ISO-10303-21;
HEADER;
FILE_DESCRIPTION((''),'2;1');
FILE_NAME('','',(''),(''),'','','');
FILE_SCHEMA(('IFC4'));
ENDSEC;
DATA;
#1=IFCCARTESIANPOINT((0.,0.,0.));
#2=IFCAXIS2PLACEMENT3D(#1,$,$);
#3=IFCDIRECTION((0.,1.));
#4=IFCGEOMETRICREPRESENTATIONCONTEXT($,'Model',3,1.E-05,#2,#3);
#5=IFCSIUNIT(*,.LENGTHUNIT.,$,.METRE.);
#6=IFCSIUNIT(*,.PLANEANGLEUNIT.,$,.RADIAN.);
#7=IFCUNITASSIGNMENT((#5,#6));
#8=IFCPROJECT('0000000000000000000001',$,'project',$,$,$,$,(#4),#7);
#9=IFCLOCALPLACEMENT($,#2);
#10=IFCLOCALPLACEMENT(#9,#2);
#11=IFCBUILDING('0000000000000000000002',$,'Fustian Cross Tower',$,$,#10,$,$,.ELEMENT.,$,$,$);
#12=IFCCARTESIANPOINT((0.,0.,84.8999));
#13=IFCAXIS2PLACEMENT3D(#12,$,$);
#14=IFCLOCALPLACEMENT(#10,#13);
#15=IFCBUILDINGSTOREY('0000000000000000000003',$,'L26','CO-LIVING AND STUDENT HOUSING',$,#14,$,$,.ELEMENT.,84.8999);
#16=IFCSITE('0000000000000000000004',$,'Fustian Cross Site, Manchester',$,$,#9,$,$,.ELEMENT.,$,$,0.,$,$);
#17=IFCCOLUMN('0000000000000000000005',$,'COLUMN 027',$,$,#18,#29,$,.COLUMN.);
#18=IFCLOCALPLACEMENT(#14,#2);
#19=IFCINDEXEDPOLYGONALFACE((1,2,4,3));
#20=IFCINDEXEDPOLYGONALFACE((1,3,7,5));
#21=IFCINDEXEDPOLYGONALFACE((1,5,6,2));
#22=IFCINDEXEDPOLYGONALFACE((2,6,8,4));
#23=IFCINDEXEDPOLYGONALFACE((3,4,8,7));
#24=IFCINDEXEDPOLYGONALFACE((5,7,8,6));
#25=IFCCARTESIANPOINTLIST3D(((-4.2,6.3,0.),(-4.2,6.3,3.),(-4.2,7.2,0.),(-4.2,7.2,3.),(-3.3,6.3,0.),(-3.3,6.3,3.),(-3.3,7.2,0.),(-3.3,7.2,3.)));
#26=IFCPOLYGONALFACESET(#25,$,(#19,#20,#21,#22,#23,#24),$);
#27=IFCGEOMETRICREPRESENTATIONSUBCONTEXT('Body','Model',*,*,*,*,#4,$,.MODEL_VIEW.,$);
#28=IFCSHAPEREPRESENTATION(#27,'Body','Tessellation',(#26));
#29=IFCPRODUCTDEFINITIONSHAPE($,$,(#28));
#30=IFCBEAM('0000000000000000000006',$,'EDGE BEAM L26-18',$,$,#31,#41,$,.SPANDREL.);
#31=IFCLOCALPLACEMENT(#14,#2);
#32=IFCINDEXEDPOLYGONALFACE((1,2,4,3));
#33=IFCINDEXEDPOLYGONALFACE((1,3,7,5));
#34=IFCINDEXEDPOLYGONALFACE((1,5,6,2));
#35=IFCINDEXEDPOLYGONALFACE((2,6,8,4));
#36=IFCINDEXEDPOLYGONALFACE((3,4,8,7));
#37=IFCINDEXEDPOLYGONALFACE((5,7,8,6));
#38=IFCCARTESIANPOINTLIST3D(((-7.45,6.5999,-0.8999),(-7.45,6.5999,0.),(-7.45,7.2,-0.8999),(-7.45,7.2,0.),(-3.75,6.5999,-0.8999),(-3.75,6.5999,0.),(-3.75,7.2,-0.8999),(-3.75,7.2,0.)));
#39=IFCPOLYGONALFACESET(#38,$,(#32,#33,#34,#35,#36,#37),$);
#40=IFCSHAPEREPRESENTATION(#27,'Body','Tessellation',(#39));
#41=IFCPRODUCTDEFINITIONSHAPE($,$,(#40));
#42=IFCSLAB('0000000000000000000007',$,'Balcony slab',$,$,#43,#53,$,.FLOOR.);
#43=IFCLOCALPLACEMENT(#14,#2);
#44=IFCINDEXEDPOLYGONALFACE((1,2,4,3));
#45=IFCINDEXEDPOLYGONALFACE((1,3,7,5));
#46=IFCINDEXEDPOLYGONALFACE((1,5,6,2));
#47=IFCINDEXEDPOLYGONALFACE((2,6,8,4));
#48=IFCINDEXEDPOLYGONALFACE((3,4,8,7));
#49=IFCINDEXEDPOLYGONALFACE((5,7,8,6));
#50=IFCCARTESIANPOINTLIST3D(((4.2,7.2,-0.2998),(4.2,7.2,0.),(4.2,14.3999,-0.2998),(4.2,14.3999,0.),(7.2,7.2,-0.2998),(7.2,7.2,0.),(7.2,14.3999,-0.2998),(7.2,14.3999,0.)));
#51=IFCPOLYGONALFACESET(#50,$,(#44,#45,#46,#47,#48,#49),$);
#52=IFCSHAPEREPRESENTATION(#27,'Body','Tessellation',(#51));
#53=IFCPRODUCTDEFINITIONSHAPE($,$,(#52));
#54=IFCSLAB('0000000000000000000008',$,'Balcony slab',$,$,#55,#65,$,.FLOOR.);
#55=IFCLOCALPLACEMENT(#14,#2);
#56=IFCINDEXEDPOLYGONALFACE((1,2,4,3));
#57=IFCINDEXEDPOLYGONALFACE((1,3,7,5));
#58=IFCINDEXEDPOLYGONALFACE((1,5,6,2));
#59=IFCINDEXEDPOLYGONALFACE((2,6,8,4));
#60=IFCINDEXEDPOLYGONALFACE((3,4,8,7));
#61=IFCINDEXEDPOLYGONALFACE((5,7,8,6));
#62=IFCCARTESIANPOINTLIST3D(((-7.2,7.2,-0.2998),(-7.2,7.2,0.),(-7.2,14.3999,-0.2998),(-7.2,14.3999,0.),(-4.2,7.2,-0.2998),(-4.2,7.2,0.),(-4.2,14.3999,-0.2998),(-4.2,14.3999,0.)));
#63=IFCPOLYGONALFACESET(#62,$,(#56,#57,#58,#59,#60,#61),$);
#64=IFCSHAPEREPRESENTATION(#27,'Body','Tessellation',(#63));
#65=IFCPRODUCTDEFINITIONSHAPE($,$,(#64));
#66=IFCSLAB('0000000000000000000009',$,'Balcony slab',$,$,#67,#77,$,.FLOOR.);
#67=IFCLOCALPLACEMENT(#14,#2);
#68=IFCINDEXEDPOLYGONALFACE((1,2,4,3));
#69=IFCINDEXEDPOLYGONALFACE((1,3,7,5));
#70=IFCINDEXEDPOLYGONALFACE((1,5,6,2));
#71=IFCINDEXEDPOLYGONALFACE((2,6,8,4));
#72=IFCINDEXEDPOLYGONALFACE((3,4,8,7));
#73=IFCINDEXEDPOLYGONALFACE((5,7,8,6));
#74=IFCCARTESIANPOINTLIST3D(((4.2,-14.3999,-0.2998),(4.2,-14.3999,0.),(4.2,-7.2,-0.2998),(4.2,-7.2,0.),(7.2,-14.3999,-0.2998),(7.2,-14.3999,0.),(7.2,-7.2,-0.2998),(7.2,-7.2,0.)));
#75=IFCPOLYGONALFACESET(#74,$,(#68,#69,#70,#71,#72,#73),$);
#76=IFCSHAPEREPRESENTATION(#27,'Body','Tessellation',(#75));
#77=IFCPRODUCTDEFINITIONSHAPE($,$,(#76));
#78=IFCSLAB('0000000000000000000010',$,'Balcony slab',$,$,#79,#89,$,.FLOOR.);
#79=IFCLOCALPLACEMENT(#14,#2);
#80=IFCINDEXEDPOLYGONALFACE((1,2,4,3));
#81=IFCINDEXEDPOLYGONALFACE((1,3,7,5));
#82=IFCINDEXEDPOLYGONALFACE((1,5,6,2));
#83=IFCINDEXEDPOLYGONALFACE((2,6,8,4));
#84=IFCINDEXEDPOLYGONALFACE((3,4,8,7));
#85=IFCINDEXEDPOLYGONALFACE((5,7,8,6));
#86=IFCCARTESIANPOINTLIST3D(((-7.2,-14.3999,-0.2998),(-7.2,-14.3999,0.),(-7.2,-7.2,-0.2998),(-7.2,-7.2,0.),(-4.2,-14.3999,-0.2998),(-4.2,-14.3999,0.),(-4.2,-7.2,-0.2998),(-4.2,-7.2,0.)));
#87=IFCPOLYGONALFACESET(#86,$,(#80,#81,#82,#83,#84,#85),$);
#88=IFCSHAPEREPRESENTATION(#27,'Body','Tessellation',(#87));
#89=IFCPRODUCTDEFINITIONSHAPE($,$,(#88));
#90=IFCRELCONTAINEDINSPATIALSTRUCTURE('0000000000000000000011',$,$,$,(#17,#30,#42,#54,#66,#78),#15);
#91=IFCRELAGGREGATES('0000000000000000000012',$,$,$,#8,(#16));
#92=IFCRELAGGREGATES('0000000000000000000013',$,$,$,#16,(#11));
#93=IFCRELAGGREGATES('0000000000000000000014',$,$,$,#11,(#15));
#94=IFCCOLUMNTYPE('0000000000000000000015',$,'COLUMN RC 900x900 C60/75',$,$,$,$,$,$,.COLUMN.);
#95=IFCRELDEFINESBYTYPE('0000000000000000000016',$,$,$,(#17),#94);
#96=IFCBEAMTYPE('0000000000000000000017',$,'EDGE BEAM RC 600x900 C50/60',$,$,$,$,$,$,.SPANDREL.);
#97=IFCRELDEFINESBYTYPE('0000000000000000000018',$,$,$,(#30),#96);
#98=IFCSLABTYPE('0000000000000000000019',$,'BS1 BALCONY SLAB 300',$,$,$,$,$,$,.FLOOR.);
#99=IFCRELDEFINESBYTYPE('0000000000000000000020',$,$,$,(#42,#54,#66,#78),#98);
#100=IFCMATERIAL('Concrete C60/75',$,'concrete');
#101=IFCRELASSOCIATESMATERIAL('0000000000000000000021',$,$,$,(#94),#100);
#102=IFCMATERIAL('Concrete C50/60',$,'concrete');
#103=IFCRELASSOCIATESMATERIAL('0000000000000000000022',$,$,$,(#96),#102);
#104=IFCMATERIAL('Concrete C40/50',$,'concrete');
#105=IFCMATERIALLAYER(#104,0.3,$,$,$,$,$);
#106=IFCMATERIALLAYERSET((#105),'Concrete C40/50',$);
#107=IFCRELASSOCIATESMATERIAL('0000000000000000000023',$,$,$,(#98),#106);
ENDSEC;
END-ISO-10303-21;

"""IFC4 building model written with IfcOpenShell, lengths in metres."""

from ifc_helpers import new_model, si_unit, direction, frame, origin, origin_2d, place, context, subcontext, project, spatial, polyline, rectangle, outline, extrude, material, layer, layer_set, material_profile, profile_set, type_object, element, save


model = new_model("IFC4")

# Units and contexts
model_context = context("Model", 3, precision=1e-05, world=origin(), true_north=direction((0.0, 1.0)))
body_context = subcontext(model_context, "Body", "Model", "MODEL_VIEW")
ifc_project = project(units=[si_unit("LENGTHUNIT", "METRE"), si_unit("PLANEANGLEUNIT", "RADIAN")], contexts=[model_context])

# Site, building, storey
site_placement = place(None, origin())
site = spatial("IfcSite", under=ifc_project, at=site_placement, Name="Fustian Cross Site, Manchester", CompositionType="ELEMENT", RefElevation=0.0)
building_placement = place(site_placement, origin())
building = spatial("IfcBuilding", under=site, at=building_placement, Name="Fustian Cross Tower", CompositionType="ELEMENT")
storey_placement = place(building_placement, frame((0.0, 0.0, 84.8999)))
storey = spatial("IfcBuildingStorey", under=building, at=storey_placement, Name="L26", Description="CO-LIVING AND STUDENT HOUSING", CompositionType="ELEMENT", Elevation=84.8999)

# Column
ifc_material_1 = material(Name="Concrete C60/75", Category="concrete")
ifc_material_profile_1 = material_profile(ifc_material_1, rectangle(XDim=0.8999, YDim=0.8999, at=origin_2d()), Name="RC 900x900")
ifc_profile_set_1 = profile_set([ifc_material_profile_1], Name="Concrete C60/75")
column_type = type_object("IfcColumnType", Name="COLUMN RC 900x900 C60/75", PredefinedType="COLUMN", material=ifc_profile_set_1)
column_placement = place(storey_placement, frame((-3.75, 6.75, 0.0), z_axis=(0.0, 0.0, 1.0), x_axis=(1.0, 0.0, 0.0)))
element("IfcColumn", 1, at=column_placement, inside=storey, type_object=column_type, Name="COLUMN 027", PredefinedType="COLUMN", context=body_context, shape_type="SweptSolid", body=[
    extrude(rectangle(XDim=0.8999, YDim=0.8999, at=origin_2d()), origin(), (0.0, 0.0, 1.0), 3.0),
])

# Beam
ifc_material_2 = material(Name="Concrete C50/60", Category="concrete")
ifc_material_profile_2 = material_profile(ifc_material_2, rectangle(XDim=0.6001, YDim=0.8999, at=origin_2d()), Name="RC 600x900")
ifc_profile_set_2 = profile_set([ifc_material_profile_2], Name="Concrete C50/60")
beam_type = type_object("IfcBeamType", Name="EDGE BEAM RC 600x900 C50/60", PredefinedType="SPANDREL", material=ifc_profile_set_2)
beam_placement = place(storey_placement, frame((-3.75, 6.8999, -0.45), z_axis=(-1.0, 0.0, 0.0), x_axis=(0.0, -1.0, 0.0)))
element("IfcBeam", 2, at=beam_placement, inside=storey, type_object=beam_type, Name="EDGE BEAM L26-18", PredefinedType="SPANDREL", context=body_context, shape_type="SweptSolid", body=[
    extrude(rectangle(XDim=0.6001, YDim=0.8999, at=origin_2d()), origin(), (0.0, 0.0, 1.0), 3.7),
])

# Slabs
ifc_material_3 = material(Name="Concrete C40/50", Category="concrete")
ifc_layer_1 = layer(ifc_material_3, 0.3)
ifc_layer_set_1 = layer_set([ifc_layer_1], Name="Concrete C40/50")
slab_type_1 = type_object("IfcSlabType", Name="BS1 BALCONY SLAB 300", PredefinedType="FLOOR", material=ifc_layer_set_1)
slab_1_placement = place(storey_placement, frame((0.0, 0.0, -0.2998)))
element("IfcSlab", 3, at=slab_1_placement, inside=storey, type_object=slab_type_1, Name="Balcony slab", PredefinedType="FLOOR", context=body_context, shape_type="SweptSolid", body=[
    extrude(outline(polyline([(4.2, 7.2), (7.2, 7.2), (7.2, 14.3999), (4.2, 14.3999), (4.2, 7.2)])), origin(), (0.0, 0.0, 1.0), 0.2998),
])
slab_2_placement = place(storey_placement, frame((0.0, 0.0, -0.2998)))
element("IfcSlab", 4, at=slab_2_placement, inside=storey, type_object=slab_type_1, Name="Balcony slab", PredefinedType="FLOOR", context=body_context, shape_type="SweptSolid", body=[
    extrude(outline(polyline([(-7.2, 7.2), (-4.2, 7.2), (-4.2, 14.3999), (-7.2, 14.3999), (-7.2, 7.2)])), origin(), (0.0, 0.0, 1.0), 0.2998),
])
slab_3_placement = place(storey_placement, frame((0.0, 0.0, -0.2998)))
element("IfcSlab", 5, at=slab_3_placement, inside=storey, type_object=slab_type_1, Name="Balcony slab", PredefinedType="FLOOR", context=body_context, shape_type="SweptSolid", body=[
    extrude(outline(polyline([(4.2, -14.3999), (7.2, -14.3999), (7.2, -7.2), (4.2, -7.2), (4.2, -14.3999)])), origin(), (0.0, 0.0, 1.0), 0.2998),
])
slab_4_placement = place(storey_placement, frame((0.0, 0.0, -0.2998)))
element("IfcSlab", 6, at=slab_4_placement, inside=storey, type_object=slab_type_1, Name="Balcony slab", PredefinedType="FLOOR", context=body_context, shape_type="SweptSolid", body=[
    extrude(outline(polyline([(-7.2, -14.3999), (-4.2, -14.3999), (-4.2, -7.2), (-7.2, -7.2), (-7.2, -14.3999)])), origin(), (0.0, 0.0, 1.0), 0.2998),
])

save(model, "model.ifc")
